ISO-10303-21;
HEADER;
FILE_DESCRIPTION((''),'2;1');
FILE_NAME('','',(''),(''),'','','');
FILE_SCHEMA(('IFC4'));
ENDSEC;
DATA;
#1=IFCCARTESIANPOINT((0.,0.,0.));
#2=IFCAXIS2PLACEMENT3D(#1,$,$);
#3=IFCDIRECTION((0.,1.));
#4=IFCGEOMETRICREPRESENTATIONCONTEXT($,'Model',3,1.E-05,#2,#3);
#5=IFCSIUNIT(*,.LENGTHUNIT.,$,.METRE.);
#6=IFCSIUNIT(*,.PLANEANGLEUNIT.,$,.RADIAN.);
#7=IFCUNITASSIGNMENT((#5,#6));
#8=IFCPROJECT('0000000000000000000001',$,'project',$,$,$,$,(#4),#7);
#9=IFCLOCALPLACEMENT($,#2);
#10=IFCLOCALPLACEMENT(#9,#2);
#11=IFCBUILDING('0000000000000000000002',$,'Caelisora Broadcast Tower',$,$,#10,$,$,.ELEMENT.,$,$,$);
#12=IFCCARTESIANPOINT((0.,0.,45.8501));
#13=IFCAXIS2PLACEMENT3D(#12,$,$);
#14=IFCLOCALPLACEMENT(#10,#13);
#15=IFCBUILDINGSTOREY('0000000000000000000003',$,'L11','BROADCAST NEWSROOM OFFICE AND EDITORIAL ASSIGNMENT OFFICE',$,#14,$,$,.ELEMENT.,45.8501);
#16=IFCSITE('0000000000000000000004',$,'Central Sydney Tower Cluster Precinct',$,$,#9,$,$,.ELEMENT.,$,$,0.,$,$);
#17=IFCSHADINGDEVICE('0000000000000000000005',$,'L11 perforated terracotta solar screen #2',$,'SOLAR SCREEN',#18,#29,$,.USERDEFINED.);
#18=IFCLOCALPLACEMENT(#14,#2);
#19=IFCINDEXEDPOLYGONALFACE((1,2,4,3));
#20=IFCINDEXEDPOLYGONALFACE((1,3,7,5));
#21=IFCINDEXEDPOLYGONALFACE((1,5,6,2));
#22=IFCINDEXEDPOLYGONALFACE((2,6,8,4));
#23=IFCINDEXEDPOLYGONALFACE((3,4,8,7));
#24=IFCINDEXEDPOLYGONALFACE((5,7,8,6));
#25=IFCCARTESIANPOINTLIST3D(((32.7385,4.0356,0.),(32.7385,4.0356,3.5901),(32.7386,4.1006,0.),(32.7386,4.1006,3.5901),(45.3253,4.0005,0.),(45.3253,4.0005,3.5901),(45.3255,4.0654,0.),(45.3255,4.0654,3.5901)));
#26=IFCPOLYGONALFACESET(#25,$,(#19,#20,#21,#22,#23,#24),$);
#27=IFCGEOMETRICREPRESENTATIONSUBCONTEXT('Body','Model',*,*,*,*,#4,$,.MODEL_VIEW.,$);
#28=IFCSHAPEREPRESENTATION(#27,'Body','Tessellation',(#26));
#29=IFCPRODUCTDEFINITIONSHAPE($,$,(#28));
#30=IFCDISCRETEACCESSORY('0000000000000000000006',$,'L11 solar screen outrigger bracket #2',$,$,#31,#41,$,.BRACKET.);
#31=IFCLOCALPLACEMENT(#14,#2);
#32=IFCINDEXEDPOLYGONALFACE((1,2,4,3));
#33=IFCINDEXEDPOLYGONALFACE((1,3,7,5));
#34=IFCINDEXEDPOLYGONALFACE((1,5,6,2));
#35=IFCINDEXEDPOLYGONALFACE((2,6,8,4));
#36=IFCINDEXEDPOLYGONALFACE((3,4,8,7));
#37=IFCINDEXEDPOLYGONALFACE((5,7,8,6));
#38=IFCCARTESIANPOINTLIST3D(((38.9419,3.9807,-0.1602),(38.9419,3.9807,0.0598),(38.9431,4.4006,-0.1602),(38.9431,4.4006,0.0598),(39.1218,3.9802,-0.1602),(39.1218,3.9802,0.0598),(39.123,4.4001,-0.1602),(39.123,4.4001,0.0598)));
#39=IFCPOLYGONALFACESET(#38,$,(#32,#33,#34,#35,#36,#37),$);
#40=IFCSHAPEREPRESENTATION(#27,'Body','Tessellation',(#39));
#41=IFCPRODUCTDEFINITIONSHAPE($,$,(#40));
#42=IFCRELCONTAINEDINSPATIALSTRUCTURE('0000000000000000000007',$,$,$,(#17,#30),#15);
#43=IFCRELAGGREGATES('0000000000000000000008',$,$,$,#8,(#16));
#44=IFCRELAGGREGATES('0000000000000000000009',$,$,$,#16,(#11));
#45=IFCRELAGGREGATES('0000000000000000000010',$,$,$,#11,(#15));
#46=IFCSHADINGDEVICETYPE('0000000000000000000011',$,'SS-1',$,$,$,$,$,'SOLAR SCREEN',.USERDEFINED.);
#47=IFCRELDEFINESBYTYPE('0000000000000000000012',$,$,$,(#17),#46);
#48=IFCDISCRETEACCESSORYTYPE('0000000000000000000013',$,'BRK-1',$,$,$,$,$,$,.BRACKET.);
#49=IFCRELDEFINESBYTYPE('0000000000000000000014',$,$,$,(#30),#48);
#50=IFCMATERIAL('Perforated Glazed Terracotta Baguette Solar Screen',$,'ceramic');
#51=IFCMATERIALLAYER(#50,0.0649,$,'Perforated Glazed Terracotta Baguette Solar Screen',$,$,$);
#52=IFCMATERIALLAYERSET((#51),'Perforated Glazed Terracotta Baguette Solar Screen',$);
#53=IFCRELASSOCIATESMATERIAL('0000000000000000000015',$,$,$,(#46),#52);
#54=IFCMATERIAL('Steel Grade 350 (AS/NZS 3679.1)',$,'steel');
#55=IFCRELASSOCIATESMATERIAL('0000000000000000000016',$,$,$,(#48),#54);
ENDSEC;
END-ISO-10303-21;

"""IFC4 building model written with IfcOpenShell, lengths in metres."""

from ifc_helpers import new_model, si_unit, direction, frame, origin, origin_2d, place, context, subcontext, project, spatial, rectangle, extrude, source, transform, mapped, material, layer, layer_set, type_object, type_shapes, element, save


model = new_model("IFC4")

# Units and contexts
model_context = context("Model", 3, precision=1e-05, world=origin(), true_north=direction((0.0, 1.0)))
body_context = subcontext(model_context, "Body", "Model", "MODEL_VIEW")
ifc_project = project(units=[si_unit("LENGTHUNIT", "METRE"), si_unit("PLANEANGLEUNIT", "RADIAN")], contexts=[model_context])

# Site, building, storey
site_placement = place(None, origin())
site = spatial("IfcSite", under=ifc_project, at=site_placement, Name="Central Sydney Tower Cluster Precinct", CompositionType="ELEMENT", RefElevation=0.0)
building_placement = place(site_placement, origin())
building = spatial("IfcBuilding", under=site, at=building_placement, Name="Caelisora Broadcast Tower", CompositionType="ELEMENT")
storey_placement = place(building_placement, frame((0.0, 0.0, 45.8501)))
storey = spatial("IfcBuildingStorey", under=building, at=storey_placement, Name="L11", Description="BROADCAST NEWSROOM OFFICE AND EDITORIAL ASSIGNMENT OFFICE", CompositionType="ELEMENT", Elevation=45.8501)

# Shared definitions
ifc_material_1 = material(Name="Steel Grade 350 (AS/NZS 3679.1)", Category="steel")

# Shading device
ifc_material_2 = material(Name="Perforated Glazed Terracotta Baguette Solar Screen", Category="ceramic")
ifc_layer_1 = layer(ifc_material_2, 0.0649, Name="Perforated Glazed Terracotta Baguette Solar Screen")
ifc_layer_set_1 = layer_set([ifc_layer_1], Name="Perforated Glazed Terracotta Baguette Solar Screen")
shading_device_type = type_object("IfcShadingDeviceType", Name="SS-1", ElementType="SOLAR SCREEN", PredefinedType="USERDEFINED", material=ifc_layer_set_1)
shared_shape_1 = source(origin(), body_context, "Body", "SweptSolid", [
    extrude(rectangle(XDim=12.5869, YDim=0.0649, at=origin_2d()), origin(), (0.0, 0.0, 1.0), 3.5901),
])
type_shapes(shading_device_type, [shared_shape_1])
shading_device_placement = place(storey_placement, frame((39.032, 4.0505, 0.0), z_axis=(0.0, 0.0, 1.0), x_axis=(0.999996, -0.002793, 0.0)))
element("IfcShadingDevice", 1, at=shading_device_placement, inside=storey, type_object=shading_device_type, Name="L11 perforated terracotta solar screen #2", ObjectType="SOLAR SCREEN", PredefinedType="USERDEFINED", context=body_context, shape_type="MappedRepresentation", body=[
    mapped(shared_shape_1, transform((0.0, 0.0, 0.0), scale=1.0)),
])

# Discrete accessory
discrete_accessory_type = type_object("IfcDiscreteAccessoryType", Name="BRK-1", PredefinedType="BRACKET", material=ifc_material_1)
shared_shape_2 = source(origin(), body_context, "Body", "SweptSolid", [
    extrude(rectangle(XDim=0.1799, YDim=0.4199, at=origin_2d()), origin(), (0.0, 0.0, 1.0), 0.22),
])
type_shapes(discrete_accessory_type, [shared_shape_2])
discrete_accessory_placement = place(storey_placement, frame((39.0325, 4.1904, -0.1602), z_axis=(0.0, 0.0, 1.0), x_axis=(0.999996, -0.002793, 0.0)))
element("IfcDiscreteAccessory", 2, at=discrete_accessory_placement, inside=storey, type_object=discrete_accessory_type, Name="L11 solar screen outrigger bracket #2", PredefinedType="BRACKET", context=body_context, shape_type="MappedRepresentation", body=[
    mapped(shared_shape_2, transform((0.0, 0.0, 0.0), scale=1.0)),
])

save(model, "model.ifc")
